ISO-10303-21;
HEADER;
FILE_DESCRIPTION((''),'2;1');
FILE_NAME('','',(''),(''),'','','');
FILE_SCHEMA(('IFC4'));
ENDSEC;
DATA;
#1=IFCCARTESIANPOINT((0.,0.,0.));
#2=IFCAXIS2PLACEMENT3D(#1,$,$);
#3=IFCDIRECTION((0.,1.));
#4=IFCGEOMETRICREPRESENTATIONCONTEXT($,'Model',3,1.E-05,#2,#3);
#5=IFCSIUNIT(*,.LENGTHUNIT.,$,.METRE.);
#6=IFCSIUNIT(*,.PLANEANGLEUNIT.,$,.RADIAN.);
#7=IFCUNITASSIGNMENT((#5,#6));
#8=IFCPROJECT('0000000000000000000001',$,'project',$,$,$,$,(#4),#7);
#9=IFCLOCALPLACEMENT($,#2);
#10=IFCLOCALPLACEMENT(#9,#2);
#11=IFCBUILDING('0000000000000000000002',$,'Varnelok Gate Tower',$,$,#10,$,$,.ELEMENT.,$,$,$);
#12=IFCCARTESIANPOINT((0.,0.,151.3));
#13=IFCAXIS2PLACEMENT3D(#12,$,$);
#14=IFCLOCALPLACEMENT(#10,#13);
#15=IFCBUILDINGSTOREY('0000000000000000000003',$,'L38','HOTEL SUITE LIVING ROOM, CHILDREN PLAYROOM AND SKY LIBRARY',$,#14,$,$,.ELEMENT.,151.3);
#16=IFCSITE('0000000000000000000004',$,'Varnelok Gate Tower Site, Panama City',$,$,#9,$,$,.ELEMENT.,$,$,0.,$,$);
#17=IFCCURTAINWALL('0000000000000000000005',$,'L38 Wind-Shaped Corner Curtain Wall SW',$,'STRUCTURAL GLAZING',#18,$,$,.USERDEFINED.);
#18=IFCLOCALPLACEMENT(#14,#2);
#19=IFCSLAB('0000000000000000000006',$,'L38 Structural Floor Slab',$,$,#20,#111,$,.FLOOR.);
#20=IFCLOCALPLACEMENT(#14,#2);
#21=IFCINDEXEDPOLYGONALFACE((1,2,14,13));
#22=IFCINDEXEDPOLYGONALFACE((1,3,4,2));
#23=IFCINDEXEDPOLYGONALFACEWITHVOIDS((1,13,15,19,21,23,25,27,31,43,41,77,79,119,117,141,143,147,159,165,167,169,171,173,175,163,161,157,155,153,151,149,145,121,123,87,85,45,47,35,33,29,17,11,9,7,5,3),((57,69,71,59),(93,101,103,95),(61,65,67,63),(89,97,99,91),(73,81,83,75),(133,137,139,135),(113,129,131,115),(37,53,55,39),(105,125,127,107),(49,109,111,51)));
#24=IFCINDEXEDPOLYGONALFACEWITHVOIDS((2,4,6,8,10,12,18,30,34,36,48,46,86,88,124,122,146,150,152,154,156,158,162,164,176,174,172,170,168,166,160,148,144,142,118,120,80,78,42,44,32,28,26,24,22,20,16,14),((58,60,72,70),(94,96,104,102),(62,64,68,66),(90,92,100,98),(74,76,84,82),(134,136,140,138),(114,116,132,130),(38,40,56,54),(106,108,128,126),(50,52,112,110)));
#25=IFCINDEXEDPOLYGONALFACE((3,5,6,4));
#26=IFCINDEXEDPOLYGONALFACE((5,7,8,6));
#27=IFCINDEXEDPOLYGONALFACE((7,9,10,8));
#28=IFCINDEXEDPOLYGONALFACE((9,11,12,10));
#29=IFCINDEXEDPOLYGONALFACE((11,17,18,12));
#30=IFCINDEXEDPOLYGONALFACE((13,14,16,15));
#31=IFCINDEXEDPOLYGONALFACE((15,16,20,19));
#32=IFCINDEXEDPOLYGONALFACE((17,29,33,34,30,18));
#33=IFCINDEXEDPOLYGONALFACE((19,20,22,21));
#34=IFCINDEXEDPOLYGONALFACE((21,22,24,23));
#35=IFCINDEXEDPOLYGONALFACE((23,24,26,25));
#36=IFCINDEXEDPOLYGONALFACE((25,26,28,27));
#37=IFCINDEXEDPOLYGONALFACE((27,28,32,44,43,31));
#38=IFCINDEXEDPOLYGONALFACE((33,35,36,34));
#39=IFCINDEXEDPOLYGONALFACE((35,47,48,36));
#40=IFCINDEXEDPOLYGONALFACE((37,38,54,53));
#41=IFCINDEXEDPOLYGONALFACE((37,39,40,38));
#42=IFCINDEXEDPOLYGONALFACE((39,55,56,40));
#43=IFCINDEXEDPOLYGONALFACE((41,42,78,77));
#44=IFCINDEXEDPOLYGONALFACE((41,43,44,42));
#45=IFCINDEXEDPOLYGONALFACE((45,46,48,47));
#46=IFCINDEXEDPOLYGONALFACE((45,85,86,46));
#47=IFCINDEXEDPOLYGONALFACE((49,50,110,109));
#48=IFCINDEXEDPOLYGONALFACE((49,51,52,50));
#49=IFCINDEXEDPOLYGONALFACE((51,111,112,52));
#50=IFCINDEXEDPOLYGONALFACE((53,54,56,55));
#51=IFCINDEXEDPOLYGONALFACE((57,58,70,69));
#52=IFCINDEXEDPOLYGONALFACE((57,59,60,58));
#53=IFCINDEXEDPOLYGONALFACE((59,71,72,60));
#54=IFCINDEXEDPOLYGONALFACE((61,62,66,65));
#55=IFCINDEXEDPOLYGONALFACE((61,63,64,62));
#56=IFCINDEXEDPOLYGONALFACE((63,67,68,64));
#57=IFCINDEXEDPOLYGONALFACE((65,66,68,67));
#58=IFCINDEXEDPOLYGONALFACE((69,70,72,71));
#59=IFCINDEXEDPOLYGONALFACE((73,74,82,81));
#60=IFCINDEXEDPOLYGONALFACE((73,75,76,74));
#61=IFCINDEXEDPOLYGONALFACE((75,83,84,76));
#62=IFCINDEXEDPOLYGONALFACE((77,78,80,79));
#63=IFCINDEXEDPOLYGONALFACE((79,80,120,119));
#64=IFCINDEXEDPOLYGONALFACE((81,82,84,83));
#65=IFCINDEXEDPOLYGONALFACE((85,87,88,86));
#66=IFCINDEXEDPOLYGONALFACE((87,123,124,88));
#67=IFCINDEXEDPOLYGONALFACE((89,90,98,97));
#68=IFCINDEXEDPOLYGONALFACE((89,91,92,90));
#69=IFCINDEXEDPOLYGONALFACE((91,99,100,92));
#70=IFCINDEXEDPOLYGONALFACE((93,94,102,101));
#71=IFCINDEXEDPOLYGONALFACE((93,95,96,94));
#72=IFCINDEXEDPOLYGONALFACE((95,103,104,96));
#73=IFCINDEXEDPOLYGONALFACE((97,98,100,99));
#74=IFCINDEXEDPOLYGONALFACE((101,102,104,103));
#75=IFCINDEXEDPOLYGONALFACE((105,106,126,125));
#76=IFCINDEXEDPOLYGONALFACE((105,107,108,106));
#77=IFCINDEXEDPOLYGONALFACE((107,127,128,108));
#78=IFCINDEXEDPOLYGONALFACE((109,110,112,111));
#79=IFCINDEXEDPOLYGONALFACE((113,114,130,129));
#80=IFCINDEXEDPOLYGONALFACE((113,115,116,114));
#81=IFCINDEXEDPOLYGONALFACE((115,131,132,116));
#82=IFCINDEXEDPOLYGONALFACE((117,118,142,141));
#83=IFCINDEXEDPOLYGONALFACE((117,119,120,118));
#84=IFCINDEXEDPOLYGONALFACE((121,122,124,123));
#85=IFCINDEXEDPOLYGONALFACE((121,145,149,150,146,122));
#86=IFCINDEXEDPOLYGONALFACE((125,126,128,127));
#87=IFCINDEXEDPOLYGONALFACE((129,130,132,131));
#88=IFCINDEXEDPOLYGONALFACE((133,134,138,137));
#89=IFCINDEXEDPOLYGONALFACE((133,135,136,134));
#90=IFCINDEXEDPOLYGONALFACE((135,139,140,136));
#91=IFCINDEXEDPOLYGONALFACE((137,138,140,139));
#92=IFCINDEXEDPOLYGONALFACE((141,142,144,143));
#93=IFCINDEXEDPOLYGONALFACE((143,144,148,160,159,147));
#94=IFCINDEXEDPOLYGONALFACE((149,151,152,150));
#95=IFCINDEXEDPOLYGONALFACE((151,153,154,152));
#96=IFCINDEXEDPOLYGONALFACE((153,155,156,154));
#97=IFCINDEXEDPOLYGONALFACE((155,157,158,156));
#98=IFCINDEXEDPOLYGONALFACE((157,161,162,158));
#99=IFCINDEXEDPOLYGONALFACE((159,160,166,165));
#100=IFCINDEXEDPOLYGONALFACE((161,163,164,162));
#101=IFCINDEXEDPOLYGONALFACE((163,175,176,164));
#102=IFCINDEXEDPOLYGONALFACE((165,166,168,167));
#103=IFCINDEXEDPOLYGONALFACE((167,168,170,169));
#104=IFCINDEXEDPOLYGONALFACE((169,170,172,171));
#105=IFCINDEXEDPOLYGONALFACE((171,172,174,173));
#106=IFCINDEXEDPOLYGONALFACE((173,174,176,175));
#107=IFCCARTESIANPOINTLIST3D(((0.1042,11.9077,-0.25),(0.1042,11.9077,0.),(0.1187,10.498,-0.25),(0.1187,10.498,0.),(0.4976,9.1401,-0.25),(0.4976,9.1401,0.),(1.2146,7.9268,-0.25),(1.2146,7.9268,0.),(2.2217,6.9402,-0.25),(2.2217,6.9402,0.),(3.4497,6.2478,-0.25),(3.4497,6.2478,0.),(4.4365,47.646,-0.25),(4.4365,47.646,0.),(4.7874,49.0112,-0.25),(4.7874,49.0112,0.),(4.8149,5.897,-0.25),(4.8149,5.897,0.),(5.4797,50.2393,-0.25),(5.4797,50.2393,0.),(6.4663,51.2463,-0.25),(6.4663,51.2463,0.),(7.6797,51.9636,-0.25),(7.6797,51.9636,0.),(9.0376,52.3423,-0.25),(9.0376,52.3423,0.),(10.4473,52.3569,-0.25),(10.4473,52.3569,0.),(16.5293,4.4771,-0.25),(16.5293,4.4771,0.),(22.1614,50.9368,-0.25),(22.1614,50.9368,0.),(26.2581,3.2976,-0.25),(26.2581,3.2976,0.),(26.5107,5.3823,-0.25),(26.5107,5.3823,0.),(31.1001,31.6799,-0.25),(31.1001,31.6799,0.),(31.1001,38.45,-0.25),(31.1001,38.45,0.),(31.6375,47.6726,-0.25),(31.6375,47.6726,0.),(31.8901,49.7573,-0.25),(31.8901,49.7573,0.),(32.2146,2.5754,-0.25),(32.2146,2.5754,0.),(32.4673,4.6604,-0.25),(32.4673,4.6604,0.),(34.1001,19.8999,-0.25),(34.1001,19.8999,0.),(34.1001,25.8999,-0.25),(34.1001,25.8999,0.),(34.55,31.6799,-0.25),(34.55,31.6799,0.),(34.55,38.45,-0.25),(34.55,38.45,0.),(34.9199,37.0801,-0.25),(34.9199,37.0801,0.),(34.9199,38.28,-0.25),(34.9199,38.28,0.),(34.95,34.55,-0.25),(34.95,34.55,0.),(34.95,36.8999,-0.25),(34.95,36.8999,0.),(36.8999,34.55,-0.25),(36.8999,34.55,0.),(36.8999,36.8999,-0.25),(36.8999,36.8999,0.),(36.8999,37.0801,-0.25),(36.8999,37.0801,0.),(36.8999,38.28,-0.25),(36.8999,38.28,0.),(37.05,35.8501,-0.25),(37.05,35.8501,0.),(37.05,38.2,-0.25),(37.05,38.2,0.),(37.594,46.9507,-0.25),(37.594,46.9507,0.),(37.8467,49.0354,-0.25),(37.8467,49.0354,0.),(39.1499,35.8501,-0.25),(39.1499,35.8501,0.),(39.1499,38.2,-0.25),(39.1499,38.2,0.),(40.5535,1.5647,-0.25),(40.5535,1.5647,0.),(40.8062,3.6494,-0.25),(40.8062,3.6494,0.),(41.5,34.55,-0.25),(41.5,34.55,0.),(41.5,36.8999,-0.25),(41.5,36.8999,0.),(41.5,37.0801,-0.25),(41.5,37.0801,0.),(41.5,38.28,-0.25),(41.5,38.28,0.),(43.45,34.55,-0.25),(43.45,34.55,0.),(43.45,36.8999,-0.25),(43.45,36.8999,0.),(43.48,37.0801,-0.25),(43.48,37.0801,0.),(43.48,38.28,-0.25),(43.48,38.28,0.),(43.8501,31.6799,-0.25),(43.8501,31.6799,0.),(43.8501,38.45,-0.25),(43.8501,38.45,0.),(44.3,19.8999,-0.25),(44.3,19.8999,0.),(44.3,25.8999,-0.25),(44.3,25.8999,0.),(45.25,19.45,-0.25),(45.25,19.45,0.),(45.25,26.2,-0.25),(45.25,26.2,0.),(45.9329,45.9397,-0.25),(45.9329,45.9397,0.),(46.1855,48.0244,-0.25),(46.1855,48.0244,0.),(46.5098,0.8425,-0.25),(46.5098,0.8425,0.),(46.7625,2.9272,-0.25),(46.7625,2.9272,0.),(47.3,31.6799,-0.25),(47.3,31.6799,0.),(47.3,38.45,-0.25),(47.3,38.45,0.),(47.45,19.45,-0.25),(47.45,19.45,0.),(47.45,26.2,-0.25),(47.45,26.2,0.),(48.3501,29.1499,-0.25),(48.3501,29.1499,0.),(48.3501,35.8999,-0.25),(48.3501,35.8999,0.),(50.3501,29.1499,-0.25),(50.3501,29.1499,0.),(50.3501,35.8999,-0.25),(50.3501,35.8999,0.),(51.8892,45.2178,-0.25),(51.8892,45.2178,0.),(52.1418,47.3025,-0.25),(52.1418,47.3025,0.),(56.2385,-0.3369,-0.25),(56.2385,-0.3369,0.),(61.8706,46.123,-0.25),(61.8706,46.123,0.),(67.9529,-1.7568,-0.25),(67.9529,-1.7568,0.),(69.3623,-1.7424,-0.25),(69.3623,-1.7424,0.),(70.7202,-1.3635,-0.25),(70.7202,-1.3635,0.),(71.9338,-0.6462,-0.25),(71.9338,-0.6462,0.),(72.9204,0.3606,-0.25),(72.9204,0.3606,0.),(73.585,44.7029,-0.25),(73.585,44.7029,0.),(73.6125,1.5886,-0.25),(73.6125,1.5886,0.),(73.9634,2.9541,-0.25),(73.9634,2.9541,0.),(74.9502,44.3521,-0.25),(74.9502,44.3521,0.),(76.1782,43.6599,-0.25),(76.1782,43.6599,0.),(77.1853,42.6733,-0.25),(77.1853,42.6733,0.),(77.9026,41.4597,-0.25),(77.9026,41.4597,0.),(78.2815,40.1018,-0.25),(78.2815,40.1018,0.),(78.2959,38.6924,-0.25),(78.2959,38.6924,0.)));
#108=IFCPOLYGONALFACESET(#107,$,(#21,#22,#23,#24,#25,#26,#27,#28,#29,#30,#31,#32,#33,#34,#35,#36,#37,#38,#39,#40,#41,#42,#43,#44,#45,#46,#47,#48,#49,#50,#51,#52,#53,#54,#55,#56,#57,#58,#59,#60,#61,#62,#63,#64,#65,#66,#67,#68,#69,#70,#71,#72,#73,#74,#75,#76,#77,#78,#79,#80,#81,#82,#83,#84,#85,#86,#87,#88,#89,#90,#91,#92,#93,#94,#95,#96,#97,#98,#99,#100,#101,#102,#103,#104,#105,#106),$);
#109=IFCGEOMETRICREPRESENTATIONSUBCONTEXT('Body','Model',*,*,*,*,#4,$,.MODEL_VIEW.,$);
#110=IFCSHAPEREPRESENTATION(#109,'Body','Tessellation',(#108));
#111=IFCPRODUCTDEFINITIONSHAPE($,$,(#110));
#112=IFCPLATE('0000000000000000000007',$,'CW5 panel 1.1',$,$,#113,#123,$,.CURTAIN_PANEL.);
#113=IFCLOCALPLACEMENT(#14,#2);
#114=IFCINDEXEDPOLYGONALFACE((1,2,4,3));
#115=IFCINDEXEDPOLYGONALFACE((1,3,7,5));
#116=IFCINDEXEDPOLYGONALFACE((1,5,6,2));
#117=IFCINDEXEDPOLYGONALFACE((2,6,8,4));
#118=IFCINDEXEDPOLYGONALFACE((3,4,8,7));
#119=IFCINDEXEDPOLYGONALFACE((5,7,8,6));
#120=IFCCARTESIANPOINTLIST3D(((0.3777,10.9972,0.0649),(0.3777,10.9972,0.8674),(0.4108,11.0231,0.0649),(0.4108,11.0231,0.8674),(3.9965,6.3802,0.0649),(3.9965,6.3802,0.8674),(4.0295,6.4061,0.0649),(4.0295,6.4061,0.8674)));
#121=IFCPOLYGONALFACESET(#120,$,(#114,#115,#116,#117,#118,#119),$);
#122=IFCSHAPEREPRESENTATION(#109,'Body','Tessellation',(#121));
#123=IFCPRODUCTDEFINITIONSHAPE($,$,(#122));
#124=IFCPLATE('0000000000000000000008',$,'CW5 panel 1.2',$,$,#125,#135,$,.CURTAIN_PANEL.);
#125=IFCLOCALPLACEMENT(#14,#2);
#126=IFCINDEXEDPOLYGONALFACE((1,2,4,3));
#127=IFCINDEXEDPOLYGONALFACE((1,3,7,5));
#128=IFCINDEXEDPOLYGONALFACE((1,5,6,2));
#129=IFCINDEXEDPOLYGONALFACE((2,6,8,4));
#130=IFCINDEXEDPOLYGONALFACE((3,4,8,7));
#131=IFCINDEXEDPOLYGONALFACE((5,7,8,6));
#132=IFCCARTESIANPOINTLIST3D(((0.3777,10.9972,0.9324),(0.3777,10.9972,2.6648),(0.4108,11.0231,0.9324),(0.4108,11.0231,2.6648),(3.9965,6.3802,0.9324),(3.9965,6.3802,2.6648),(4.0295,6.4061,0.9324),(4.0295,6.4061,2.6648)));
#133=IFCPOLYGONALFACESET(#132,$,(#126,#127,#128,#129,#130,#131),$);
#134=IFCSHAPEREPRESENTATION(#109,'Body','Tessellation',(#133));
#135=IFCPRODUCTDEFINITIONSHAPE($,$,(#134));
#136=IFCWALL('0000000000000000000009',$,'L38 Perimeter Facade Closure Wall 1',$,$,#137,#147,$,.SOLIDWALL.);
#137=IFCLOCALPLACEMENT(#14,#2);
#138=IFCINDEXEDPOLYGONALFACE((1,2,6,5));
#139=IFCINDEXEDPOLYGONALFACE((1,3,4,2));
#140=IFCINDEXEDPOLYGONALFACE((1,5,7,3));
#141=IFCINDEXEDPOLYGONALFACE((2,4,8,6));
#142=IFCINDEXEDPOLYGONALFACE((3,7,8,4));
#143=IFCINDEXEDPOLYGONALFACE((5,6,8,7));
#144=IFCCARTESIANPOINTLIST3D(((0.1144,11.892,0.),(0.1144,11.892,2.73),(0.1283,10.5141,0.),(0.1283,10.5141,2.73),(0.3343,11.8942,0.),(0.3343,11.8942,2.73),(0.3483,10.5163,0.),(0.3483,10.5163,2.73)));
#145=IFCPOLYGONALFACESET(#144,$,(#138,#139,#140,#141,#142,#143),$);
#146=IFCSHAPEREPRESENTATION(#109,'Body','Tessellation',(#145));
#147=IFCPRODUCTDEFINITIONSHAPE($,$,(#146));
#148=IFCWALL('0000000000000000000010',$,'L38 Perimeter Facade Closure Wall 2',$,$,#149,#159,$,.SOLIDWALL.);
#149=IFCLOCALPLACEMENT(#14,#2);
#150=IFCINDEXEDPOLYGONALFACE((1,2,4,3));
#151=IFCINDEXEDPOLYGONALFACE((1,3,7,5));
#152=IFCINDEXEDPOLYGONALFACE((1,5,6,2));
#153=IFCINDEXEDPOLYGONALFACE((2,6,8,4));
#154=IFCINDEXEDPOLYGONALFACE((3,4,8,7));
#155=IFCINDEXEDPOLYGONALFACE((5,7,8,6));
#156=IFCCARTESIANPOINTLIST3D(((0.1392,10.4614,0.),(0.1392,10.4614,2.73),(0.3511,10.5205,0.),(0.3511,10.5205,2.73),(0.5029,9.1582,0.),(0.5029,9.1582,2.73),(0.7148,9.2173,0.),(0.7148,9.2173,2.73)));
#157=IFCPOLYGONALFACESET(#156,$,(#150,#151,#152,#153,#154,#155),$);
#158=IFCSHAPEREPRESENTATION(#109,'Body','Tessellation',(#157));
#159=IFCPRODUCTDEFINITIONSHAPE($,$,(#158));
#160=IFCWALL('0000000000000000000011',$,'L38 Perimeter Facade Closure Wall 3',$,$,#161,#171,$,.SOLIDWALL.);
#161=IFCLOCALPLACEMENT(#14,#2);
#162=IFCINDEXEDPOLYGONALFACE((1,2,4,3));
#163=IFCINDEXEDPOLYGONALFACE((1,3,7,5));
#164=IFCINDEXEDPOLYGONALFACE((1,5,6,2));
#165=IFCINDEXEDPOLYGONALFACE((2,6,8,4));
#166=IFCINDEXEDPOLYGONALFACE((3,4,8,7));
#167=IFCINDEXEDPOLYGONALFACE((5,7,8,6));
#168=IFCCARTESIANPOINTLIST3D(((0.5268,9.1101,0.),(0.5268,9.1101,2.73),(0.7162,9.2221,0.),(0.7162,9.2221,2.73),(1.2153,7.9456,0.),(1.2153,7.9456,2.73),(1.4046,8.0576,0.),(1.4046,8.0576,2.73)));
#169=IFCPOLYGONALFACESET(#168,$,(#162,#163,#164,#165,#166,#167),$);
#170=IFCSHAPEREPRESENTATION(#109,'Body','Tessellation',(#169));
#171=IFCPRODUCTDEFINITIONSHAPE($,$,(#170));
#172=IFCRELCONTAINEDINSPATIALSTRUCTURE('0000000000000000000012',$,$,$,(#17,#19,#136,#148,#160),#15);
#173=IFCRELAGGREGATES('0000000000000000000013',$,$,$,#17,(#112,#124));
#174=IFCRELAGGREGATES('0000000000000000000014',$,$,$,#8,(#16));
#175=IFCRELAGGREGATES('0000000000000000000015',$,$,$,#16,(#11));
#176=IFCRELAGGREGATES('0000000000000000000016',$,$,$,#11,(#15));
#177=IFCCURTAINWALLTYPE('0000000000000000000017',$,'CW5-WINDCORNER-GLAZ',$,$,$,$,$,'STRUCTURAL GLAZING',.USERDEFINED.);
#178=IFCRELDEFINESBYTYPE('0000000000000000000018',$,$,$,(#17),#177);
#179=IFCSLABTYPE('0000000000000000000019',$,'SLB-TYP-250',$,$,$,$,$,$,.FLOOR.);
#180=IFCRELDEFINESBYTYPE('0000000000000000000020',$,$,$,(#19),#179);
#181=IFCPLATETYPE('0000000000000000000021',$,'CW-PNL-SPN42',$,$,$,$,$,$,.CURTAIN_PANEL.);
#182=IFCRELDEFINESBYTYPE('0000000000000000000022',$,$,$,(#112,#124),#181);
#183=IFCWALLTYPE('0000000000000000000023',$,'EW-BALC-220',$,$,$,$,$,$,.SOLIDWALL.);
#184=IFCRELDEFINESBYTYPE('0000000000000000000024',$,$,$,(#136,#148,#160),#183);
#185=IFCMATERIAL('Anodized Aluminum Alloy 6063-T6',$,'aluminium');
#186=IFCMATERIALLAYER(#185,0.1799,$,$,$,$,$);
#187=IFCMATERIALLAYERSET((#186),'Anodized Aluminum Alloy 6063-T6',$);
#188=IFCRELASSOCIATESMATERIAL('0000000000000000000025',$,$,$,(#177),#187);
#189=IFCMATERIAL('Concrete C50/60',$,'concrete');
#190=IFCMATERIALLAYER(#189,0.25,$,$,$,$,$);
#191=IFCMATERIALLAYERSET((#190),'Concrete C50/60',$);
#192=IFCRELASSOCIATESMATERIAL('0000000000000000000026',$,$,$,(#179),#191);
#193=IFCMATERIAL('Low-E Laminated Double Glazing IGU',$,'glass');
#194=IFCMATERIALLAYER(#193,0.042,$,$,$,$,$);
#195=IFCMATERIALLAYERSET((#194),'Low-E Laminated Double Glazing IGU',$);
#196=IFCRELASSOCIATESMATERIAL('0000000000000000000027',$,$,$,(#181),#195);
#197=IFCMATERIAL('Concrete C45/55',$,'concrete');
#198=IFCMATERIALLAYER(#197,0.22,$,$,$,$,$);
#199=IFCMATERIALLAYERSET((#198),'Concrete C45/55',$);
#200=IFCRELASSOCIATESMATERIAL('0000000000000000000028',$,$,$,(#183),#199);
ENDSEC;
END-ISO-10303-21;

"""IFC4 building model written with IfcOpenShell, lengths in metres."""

from ifc_helpers import new_model, si_unit, direction, frame, frame_2d, origin, origin_2d, place, context, subcontext, project, spatial, polyline, rectangle, outline, extrude, source, transform, mapped, material, layer, layer_set, type_object, element, aggregate, save


model = new_model("IFC4")

# Units and contexts
model_context = context("Model", 3, precision=1e-05, world=origin(), true_north=direction((0.0, 1.0)))
body_context = subcontext(model_context, "Body", "Model", "MODEL_VIEW")
ifc_project = project(units=[si_unit("LENGTHUNIT", "METRE"), si_unit("PLANEANGLEUNIT", "RADIAN")], contexts=[model_context])

# Site, building, storey
site_placement = place(None, origin())
site = spatial("IfcSite", under=ifc_project, at=site_placement, Name="Varnelok Gate Tower Site, Panama City", CompositionType="ELEMENT", RefElevation=0.0)
building_placement = place(site_placement, origin())
building = spatial("IfcBuilding", under=site, at=building_placement, Name="Varnelok Gate Tower", CompositionType="ELEMENT")
storey_placement = place(building_placement, frame((0.0, 0.0, 151.3)))
storey = spatial("IfcBuildingStorey", under=building, at=storey_placement, Name="L38", Description="HOTEL SUITE LIVING ROOM, CHILDREN PLAYROOM AND SKY LIBRARY", CompositionType="ELEMENT", Elevation=151.3)

# Curtain wall
ifc_material_1 = material(Name="Anodized Aluminum Alloy 6063-T6", Category="aluminium")
ifc_layer_1 = layer(ifc_material_1, 0.1799)
ifc_layer_set_1 = layer_set([ifc_layer_1], Name="Anodized Aluminum Alloy 6063-T6")
curtain_wall_type = type_object("IfcCurtainWallType", Name="CW5-WINDCORNER-GLAZ", ElementType="STRUCTURAL GLAZING", PredefinedType="USERDEFINED", material=ifc_layer_set_1)
curtain_wall_placement = place(storey_placement, origin())
curtain_wall = element("IfcCurtainWall", 1, at=curtain_wall_placement, inside=storey, type_object=curtain_wall_type, Name="L38 Wind-Shaped Corner Curtain Wall SW", ObjectType="STRUCTURAL GLAZING", PredefinedType="USERDEFINED")

# Shared definitions
ifc_material_2 = material(Name="Concrete C45/55", Category="concrete")

# Shared definitions
ifc_material_3 = material(Name="Concrete C50/60", Category="concrete")

# Slab
ifc_layer_2 = layer(ifc_material_3, 0.25)
ifc_layer_set_2 = layer_set([ifc_layer_2], Name="Concrete C50/60")
slab_type_1 = type_object("IfcSlabType", Name="SLB-TYP-250", PredefinedType="FLOOR", material=ifc_layer_set_2)
slab_1_placement = place(storey_placement, frame((0.0, 0.0, -0.25)))
element("IfcSlab", 2, at=slab_1_placement, inside=storey, type_object=slab_type_1, Name="L38 Structural Floor Slab", PredefinedType="FLOOR", context=body_context, shape_type="SweptSolid", body=[
    extrude(outline(polyline([(0.1042, 11.9077), (0.1187, 10.498), (0.4976, 9.1401), (1.2146, 7.9268), (2.2217, 6.9402), (3.4497, 6.2478), (4.8149, 5.897), (16.5293, 4.4771), (26.2581, 3.2976), (26.5107, 5.3823), (32.4673, 4.6604), (32.2146, 2.5754), (40.5535, 1.5647), (40.8062, 3.6494), (46.7625, 2.9272), (46.5098, 0.8425), (56.2385, -0.3369), (67.9529, -1.7568), (69.3623, -1.7424), (70.7202, -1.3635), (71.9338, -0.6462), (72.9204, 0.3606), (73.6125, 1.5886), (73.9634, 2.9541), (78.2959, 38.6924), (78.2815, 40.1018), (77.9026, 41.4597), (77.1853, 42.6733), (76.1782, 43.6599), (74.9502, 44.3521), (73.585, 44.7029), (61.8706, 46.123), (52.1418, 47.3025), (51.8892, 45.2178), (45.9329, 45.9397), (46.1855, 48.0244), (37.8467, 49.0354), (37.594, 46.9507), (31.6375, 47.6726), (31.8901, 49.7573), (22.1614, 50.9368), (10.4473, 52.3569), (9.0376, 52.3423), (7.6797, 51.9636), (6.4663, 51.2463), (5.4797, 50.2393), (4.7874, 49.0112), (4.4365, 47.646), (0.1042, 11.9077)]), holes=[polyline([(34.55, 31.6799), (34.55, 38.45), (31.1001, 38.45), (31.1001, 31.6799), (34.55, 31.6799)]), polyline([(47.3, 31.6799), (47.3, 38.45), (43.8501, 38.45), (43.8501, 31.6799), (47.3, 31.6799)]), polyline([(34.95, 34.55), (36.8999, 34.55), (36.8999, 36.8999), (34.95, 36.8999), (34.95, 34.55)]), polyline([(41.5, 34.55), (43.45, 34.55), (43.45, 36.8999), (41.5, 36.8999), (41.5, 34.55)]), polyline([(37.05, 35.8501), (39.1499, 35.8501), (39.1499, 38.2), (37.05, 38.2), (37.05, 35.8501)]), polyline([(48.3501, 29.1499), (50.3501, 29.1499), (50.3501, 35.8999), (48.3501, 35.8999), (48.3501, 29.1499)]), polyline([(45.25, 19.45), (47.45, 19.45), (47.45, 26.2), (45.25, 26.2), (45.25, 19.45)]), polyline([(34.9199, 37.0801), (36.8999, 37.0801), (36.8999, 38.28), (34.9199, 38.28), (34.9199, 37.0801)]), polyline([(41.5, 37.0801), (43.48, 37.0801), (43.48, 38.28), (41.5, 38.28), (41.5, 37.0801)]), polyline([(34.1001, 19.8999), (44.3, 19.8999), (44.3, 25.8999), (34.1001, 25.8999), (34.1001, 19.8999)])]), origin(), (0.0, 0.0, 1.0), 0.25),
])

# Plates
ifc_material_4 = material(Name="Low-E Laminated Double Glazing IGU", Category="glass")
ifc_layer_3 = layer(ifc_material_4, 0.042)
ifc_layer_set_3 = layer_set([ifc_layer_3], Name="Low-E Laminated Double Glazing IGU")
plate_type = type_object("IfcPlateType", Name="CW-PNL-SPN42", PredefinedType="CURTAIN_PANEL", material=ifc_layer_set_3)
shared_shape_1 = source(origin(), body_context, "Body", "SweptSolid", [
    extrude(rectangle(XDim=5.8662, YDim=0.042, at=origin_2d()), origin(), (0.0, 0.0, 1.0), 0.8025),
])
plate_1_placement = place(storey_placement, frame((2.2036, 8.7017, 0.0649), z_axis=(0.0, 0.0, 1.0), x_axis=(0.616883, -0.787055, 0.0)))
plate_1 = element("IfcPlate", 3, at=plate_1_placement, type_object=plate_type, Name="CW5 panel 1.1", PredefinedType="CURTAIN_PANEL", context=body_context, shape_type="MappedRepresentation", body=[
    mapped(shared_shape_1, transform((0.0, 0.0, 0.0), scale=1.0)),
])
shared_shape_2 = source(origin(), body_context, "Body", "SweptSolid", [
    extrude(rectangle(XDim=5.8662, YDim=0.042, at=origin_2d()), origin(), (0.0, 0.0, 1.0), 1.7324),
])
plate_2_placement = place(storey_placement, frame((2.2036, 8.7017, 0.9324), z_axis=(0.0, 0.0, 1.0), x_axis=(0.616883, -0.787055, 0.0)))
plate_2 = element("IfcPlate", 4, at=plate_2_placement, type_object=plate_type, Name="CW5 panel 1.2", PredefinedType="CURTAIN_PANEL", context=body_context, shape_type="MappedRepresentation", body=[
    mapped(shared_shape_2, transform((0.0, 0.0, 0.0), scale=1.0)),
])
aggregate(curtain_wall, [plate_1, plate_2])

# Walls
ifc_layer_4 = layer(ifc_material_2, 0.22)
ifc_layer_set_4 = layer_set([ifc_layer_4], Name="Concrete C45/55")
wall_type_1 = type_object("IfcWallType", Name="EW-BALC-220", PredefinedType="SOLIDWALL", material=ifc_layer_set_4)
wall_1_placement = place(storey_placement, frame((0.2244, 11.8931, 0.0), z_axis=(0.0, 0.0, 1.0), x_axis=(0.010099, -0.999949, 0.0)))
element("IfcWall", 5, at=wall_1_placement, inside=storey, type_object=wall_type_1, Name="L38 Perimeter Facade Closure Wall 1", PredefinedType="SOLIDWALL", context=body_context, shape_type="SweptSolid", body=[
    extrude(rectangle(XDim=1.3779, YDim=0.22, at=frame_2d((0.689, 0.0))), origin(), (0.0, 0.0, 1.0), 2.73),
])
wall_2_placement = place(storey_placement, frame((0.2451, 10.491, 0.0), z_axis=(0.0, 0.0, 1.0), x_axis=(0.268853, -0.963181, 0.0)))
element("IfcWall", 6, at=wall_2_placement, inside=storey, type_object=wall_type_1, Name="L38 Perimeter Facade Closure Wall 2", PredefinedType="SOLIDWALL", context=body_context, shape_type="SweptSolid", body=[
    extrude(rectangle(XDim=1.353, YDim=0.22, at=frame_2d((0.6765, 0.0))), origin(), (0.0, 0.0, 1.0), 2.73),
])
wall_3_placement = place(storey_placement, frame((0.6216, 9.166, 0.0), z_axis=(0.0, 0.0, 1.0), x_axis=(0.508912, -0.860819, 0.0)))
element("IfcWall", 7, at=wall_3_placement, inside=storey, type_object=wall_type_1, Name="L38 Perimeter Facade Closure Wall 3", PredefinedType="SOLIDWALL", context=body_context, shape_type="SweptSolid", body=[
    extrude(rectangle(XDim=1.3528, YDim=0.22, at=frame_2d((0.6763, 0.0))), origin(), (0.0, 0.0, 1.0), 2.73),
])

save(model, "model.ifc")
